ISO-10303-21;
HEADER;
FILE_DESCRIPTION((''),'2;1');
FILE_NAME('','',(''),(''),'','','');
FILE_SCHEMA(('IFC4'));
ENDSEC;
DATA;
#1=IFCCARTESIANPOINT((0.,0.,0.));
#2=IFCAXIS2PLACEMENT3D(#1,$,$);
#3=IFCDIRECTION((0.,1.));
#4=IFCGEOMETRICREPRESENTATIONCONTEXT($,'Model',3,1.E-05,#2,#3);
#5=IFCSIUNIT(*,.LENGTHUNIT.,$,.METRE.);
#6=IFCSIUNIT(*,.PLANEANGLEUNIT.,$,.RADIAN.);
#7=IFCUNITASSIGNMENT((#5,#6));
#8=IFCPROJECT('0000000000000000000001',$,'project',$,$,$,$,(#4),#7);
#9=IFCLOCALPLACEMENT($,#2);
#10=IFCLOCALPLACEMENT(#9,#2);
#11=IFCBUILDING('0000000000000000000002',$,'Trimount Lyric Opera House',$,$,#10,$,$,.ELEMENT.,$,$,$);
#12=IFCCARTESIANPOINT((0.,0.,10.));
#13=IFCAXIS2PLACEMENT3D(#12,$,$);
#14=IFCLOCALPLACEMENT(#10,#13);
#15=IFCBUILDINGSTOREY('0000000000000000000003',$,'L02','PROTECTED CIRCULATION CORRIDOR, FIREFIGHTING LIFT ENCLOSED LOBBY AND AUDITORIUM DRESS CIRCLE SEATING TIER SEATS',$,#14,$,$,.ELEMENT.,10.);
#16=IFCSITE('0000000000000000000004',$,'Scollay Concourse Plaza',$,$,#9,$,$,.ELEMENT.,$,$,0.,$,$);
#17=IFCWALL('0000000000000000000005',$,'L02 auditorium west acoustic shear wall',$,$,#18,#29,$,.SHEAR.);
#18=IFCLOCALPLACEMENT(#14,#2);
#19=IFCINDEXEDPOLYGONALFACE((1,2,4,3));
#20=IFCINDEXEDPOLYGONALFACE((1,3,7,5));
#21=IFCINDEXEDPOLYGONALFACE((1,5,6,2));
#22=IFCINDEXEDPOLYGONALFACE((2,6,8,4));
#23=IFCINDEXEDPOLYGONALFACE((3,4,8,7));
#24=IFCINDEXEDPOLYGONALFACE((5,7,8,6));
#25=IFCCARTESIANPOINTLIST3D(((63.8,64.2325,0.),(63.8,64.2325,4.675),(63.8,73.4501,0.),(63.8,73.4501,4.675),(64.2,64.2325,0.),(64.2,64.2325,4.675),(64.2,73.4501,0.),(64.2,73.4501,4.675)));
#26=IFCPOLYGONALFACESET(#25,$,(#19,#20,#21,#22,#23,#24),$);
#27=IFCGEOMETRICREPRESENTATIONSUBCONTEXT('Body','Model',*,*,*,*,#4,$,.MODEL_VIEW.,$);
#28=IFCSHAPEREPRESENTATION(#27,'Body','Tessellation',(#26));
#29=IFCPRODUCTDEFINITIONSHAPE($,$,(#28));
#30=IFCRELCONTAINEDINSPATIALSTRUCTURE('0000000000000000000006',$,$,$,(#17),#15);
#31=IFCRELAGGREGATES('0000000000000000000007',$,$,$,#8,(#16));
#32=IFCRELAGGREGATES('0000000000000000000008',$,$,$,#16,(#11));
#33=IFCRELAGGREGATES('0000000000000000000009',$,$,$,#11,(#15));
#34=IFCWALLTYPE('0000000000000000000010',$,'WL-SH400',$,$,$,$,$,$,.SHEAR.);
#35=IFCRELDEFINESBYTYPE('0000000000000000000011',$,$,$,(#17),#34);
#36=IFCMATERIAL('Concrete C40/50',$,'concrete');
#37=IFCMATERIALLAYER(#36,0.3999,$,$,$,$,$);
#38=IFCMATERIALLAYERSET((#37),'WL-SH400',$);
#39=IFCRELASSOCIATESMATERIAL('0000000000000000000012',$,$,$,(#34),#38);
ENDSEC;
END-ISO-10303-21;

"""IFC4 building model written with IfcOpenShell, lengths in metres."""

from ifc_helpers import new_model, si_unit, direction, frame, frame_2d, origin, place, context, subcontext, project, spatial, rectangle, extrude, material, layer, layer_set, type_object, element, save


model = new_model("IFC4")

# Units and contexts
model_context = context("Model", 3, precision=1e-05, world=origin(), true_north=direction((0.0, 1.0)))
body_context = subcontext(model_context, "Body", "Model", "MODEL_VIEW")
ifc_project = project(units=[si_unit("LENGTHUNIT", "METRE"), si_unit("PLANEANGLEUNIT", "RADIAN")], contexts=[model_context])

# Site, building, storey
site_placement = place(None, origin())
site = spatial("IfcSite", under=ifc_project, at=site_placement, Name="Scollay Concourse Plaza", CompositionType="ELEMENT", RefElevation=0.0)
building_placement = place(site_placement, origin())
building = spatial("IfcBuilding", under=site, at=building_placement, Name="Trimount Lyric Opera House", CompositionType="ELEMENT")
storey_placement = place(building_placement, frame((0.0, 0.0, 10.0)))
storey = spatial("IfcBuildingStorey", under=building, at=storey_placement, Name="L02", Description="PROTECTED CIRCULATION CORRIDOR, FIREFIGHTING LIFT ENCLOSED LOBBY AND AUDITORIUM DRESS CIRCLE SEATING TIER SEATS", CompositionType="ELEMENT", Elevation=10.0)

# Shared definitions
ifc_material_1 = material(Name="Concrete C40/50", Category="concrete")
ifc_layer_1 = layer(ifc_material_1, 0.3999)
ifc_layer_set_1 = layer_set([ifc_layer_1], Name="WL-SH400")
wall_type = type_object("IfcWallType", Name="WL-SH400", PredefinedType="SHEAR", material=ifc_layer_set_1)

# Wall
wall_1_placement = place(storey_placement, frame((64.0, 64.2324, 0.0), z_axis=(0.0, 0.0, 1.0), x_axis=(0.0, 1.0, 0.0)))
element("IfcWall", 1, at=wall_1_placement, inside=storey, type_object=wall_type, Name="L02 auditorium west acoustic shear wall", PredefinedType="SHEAR", context=body_context, shape_type="SweptSolid", body=[
    extrude(rectangle(XDim=9.2175, YDim=0.3999, at=frame_2d((4.6089, 0.0))), origin(), (0.0, 0.0, 1.0), 4.675),
])

save(model, "model.ifc")
